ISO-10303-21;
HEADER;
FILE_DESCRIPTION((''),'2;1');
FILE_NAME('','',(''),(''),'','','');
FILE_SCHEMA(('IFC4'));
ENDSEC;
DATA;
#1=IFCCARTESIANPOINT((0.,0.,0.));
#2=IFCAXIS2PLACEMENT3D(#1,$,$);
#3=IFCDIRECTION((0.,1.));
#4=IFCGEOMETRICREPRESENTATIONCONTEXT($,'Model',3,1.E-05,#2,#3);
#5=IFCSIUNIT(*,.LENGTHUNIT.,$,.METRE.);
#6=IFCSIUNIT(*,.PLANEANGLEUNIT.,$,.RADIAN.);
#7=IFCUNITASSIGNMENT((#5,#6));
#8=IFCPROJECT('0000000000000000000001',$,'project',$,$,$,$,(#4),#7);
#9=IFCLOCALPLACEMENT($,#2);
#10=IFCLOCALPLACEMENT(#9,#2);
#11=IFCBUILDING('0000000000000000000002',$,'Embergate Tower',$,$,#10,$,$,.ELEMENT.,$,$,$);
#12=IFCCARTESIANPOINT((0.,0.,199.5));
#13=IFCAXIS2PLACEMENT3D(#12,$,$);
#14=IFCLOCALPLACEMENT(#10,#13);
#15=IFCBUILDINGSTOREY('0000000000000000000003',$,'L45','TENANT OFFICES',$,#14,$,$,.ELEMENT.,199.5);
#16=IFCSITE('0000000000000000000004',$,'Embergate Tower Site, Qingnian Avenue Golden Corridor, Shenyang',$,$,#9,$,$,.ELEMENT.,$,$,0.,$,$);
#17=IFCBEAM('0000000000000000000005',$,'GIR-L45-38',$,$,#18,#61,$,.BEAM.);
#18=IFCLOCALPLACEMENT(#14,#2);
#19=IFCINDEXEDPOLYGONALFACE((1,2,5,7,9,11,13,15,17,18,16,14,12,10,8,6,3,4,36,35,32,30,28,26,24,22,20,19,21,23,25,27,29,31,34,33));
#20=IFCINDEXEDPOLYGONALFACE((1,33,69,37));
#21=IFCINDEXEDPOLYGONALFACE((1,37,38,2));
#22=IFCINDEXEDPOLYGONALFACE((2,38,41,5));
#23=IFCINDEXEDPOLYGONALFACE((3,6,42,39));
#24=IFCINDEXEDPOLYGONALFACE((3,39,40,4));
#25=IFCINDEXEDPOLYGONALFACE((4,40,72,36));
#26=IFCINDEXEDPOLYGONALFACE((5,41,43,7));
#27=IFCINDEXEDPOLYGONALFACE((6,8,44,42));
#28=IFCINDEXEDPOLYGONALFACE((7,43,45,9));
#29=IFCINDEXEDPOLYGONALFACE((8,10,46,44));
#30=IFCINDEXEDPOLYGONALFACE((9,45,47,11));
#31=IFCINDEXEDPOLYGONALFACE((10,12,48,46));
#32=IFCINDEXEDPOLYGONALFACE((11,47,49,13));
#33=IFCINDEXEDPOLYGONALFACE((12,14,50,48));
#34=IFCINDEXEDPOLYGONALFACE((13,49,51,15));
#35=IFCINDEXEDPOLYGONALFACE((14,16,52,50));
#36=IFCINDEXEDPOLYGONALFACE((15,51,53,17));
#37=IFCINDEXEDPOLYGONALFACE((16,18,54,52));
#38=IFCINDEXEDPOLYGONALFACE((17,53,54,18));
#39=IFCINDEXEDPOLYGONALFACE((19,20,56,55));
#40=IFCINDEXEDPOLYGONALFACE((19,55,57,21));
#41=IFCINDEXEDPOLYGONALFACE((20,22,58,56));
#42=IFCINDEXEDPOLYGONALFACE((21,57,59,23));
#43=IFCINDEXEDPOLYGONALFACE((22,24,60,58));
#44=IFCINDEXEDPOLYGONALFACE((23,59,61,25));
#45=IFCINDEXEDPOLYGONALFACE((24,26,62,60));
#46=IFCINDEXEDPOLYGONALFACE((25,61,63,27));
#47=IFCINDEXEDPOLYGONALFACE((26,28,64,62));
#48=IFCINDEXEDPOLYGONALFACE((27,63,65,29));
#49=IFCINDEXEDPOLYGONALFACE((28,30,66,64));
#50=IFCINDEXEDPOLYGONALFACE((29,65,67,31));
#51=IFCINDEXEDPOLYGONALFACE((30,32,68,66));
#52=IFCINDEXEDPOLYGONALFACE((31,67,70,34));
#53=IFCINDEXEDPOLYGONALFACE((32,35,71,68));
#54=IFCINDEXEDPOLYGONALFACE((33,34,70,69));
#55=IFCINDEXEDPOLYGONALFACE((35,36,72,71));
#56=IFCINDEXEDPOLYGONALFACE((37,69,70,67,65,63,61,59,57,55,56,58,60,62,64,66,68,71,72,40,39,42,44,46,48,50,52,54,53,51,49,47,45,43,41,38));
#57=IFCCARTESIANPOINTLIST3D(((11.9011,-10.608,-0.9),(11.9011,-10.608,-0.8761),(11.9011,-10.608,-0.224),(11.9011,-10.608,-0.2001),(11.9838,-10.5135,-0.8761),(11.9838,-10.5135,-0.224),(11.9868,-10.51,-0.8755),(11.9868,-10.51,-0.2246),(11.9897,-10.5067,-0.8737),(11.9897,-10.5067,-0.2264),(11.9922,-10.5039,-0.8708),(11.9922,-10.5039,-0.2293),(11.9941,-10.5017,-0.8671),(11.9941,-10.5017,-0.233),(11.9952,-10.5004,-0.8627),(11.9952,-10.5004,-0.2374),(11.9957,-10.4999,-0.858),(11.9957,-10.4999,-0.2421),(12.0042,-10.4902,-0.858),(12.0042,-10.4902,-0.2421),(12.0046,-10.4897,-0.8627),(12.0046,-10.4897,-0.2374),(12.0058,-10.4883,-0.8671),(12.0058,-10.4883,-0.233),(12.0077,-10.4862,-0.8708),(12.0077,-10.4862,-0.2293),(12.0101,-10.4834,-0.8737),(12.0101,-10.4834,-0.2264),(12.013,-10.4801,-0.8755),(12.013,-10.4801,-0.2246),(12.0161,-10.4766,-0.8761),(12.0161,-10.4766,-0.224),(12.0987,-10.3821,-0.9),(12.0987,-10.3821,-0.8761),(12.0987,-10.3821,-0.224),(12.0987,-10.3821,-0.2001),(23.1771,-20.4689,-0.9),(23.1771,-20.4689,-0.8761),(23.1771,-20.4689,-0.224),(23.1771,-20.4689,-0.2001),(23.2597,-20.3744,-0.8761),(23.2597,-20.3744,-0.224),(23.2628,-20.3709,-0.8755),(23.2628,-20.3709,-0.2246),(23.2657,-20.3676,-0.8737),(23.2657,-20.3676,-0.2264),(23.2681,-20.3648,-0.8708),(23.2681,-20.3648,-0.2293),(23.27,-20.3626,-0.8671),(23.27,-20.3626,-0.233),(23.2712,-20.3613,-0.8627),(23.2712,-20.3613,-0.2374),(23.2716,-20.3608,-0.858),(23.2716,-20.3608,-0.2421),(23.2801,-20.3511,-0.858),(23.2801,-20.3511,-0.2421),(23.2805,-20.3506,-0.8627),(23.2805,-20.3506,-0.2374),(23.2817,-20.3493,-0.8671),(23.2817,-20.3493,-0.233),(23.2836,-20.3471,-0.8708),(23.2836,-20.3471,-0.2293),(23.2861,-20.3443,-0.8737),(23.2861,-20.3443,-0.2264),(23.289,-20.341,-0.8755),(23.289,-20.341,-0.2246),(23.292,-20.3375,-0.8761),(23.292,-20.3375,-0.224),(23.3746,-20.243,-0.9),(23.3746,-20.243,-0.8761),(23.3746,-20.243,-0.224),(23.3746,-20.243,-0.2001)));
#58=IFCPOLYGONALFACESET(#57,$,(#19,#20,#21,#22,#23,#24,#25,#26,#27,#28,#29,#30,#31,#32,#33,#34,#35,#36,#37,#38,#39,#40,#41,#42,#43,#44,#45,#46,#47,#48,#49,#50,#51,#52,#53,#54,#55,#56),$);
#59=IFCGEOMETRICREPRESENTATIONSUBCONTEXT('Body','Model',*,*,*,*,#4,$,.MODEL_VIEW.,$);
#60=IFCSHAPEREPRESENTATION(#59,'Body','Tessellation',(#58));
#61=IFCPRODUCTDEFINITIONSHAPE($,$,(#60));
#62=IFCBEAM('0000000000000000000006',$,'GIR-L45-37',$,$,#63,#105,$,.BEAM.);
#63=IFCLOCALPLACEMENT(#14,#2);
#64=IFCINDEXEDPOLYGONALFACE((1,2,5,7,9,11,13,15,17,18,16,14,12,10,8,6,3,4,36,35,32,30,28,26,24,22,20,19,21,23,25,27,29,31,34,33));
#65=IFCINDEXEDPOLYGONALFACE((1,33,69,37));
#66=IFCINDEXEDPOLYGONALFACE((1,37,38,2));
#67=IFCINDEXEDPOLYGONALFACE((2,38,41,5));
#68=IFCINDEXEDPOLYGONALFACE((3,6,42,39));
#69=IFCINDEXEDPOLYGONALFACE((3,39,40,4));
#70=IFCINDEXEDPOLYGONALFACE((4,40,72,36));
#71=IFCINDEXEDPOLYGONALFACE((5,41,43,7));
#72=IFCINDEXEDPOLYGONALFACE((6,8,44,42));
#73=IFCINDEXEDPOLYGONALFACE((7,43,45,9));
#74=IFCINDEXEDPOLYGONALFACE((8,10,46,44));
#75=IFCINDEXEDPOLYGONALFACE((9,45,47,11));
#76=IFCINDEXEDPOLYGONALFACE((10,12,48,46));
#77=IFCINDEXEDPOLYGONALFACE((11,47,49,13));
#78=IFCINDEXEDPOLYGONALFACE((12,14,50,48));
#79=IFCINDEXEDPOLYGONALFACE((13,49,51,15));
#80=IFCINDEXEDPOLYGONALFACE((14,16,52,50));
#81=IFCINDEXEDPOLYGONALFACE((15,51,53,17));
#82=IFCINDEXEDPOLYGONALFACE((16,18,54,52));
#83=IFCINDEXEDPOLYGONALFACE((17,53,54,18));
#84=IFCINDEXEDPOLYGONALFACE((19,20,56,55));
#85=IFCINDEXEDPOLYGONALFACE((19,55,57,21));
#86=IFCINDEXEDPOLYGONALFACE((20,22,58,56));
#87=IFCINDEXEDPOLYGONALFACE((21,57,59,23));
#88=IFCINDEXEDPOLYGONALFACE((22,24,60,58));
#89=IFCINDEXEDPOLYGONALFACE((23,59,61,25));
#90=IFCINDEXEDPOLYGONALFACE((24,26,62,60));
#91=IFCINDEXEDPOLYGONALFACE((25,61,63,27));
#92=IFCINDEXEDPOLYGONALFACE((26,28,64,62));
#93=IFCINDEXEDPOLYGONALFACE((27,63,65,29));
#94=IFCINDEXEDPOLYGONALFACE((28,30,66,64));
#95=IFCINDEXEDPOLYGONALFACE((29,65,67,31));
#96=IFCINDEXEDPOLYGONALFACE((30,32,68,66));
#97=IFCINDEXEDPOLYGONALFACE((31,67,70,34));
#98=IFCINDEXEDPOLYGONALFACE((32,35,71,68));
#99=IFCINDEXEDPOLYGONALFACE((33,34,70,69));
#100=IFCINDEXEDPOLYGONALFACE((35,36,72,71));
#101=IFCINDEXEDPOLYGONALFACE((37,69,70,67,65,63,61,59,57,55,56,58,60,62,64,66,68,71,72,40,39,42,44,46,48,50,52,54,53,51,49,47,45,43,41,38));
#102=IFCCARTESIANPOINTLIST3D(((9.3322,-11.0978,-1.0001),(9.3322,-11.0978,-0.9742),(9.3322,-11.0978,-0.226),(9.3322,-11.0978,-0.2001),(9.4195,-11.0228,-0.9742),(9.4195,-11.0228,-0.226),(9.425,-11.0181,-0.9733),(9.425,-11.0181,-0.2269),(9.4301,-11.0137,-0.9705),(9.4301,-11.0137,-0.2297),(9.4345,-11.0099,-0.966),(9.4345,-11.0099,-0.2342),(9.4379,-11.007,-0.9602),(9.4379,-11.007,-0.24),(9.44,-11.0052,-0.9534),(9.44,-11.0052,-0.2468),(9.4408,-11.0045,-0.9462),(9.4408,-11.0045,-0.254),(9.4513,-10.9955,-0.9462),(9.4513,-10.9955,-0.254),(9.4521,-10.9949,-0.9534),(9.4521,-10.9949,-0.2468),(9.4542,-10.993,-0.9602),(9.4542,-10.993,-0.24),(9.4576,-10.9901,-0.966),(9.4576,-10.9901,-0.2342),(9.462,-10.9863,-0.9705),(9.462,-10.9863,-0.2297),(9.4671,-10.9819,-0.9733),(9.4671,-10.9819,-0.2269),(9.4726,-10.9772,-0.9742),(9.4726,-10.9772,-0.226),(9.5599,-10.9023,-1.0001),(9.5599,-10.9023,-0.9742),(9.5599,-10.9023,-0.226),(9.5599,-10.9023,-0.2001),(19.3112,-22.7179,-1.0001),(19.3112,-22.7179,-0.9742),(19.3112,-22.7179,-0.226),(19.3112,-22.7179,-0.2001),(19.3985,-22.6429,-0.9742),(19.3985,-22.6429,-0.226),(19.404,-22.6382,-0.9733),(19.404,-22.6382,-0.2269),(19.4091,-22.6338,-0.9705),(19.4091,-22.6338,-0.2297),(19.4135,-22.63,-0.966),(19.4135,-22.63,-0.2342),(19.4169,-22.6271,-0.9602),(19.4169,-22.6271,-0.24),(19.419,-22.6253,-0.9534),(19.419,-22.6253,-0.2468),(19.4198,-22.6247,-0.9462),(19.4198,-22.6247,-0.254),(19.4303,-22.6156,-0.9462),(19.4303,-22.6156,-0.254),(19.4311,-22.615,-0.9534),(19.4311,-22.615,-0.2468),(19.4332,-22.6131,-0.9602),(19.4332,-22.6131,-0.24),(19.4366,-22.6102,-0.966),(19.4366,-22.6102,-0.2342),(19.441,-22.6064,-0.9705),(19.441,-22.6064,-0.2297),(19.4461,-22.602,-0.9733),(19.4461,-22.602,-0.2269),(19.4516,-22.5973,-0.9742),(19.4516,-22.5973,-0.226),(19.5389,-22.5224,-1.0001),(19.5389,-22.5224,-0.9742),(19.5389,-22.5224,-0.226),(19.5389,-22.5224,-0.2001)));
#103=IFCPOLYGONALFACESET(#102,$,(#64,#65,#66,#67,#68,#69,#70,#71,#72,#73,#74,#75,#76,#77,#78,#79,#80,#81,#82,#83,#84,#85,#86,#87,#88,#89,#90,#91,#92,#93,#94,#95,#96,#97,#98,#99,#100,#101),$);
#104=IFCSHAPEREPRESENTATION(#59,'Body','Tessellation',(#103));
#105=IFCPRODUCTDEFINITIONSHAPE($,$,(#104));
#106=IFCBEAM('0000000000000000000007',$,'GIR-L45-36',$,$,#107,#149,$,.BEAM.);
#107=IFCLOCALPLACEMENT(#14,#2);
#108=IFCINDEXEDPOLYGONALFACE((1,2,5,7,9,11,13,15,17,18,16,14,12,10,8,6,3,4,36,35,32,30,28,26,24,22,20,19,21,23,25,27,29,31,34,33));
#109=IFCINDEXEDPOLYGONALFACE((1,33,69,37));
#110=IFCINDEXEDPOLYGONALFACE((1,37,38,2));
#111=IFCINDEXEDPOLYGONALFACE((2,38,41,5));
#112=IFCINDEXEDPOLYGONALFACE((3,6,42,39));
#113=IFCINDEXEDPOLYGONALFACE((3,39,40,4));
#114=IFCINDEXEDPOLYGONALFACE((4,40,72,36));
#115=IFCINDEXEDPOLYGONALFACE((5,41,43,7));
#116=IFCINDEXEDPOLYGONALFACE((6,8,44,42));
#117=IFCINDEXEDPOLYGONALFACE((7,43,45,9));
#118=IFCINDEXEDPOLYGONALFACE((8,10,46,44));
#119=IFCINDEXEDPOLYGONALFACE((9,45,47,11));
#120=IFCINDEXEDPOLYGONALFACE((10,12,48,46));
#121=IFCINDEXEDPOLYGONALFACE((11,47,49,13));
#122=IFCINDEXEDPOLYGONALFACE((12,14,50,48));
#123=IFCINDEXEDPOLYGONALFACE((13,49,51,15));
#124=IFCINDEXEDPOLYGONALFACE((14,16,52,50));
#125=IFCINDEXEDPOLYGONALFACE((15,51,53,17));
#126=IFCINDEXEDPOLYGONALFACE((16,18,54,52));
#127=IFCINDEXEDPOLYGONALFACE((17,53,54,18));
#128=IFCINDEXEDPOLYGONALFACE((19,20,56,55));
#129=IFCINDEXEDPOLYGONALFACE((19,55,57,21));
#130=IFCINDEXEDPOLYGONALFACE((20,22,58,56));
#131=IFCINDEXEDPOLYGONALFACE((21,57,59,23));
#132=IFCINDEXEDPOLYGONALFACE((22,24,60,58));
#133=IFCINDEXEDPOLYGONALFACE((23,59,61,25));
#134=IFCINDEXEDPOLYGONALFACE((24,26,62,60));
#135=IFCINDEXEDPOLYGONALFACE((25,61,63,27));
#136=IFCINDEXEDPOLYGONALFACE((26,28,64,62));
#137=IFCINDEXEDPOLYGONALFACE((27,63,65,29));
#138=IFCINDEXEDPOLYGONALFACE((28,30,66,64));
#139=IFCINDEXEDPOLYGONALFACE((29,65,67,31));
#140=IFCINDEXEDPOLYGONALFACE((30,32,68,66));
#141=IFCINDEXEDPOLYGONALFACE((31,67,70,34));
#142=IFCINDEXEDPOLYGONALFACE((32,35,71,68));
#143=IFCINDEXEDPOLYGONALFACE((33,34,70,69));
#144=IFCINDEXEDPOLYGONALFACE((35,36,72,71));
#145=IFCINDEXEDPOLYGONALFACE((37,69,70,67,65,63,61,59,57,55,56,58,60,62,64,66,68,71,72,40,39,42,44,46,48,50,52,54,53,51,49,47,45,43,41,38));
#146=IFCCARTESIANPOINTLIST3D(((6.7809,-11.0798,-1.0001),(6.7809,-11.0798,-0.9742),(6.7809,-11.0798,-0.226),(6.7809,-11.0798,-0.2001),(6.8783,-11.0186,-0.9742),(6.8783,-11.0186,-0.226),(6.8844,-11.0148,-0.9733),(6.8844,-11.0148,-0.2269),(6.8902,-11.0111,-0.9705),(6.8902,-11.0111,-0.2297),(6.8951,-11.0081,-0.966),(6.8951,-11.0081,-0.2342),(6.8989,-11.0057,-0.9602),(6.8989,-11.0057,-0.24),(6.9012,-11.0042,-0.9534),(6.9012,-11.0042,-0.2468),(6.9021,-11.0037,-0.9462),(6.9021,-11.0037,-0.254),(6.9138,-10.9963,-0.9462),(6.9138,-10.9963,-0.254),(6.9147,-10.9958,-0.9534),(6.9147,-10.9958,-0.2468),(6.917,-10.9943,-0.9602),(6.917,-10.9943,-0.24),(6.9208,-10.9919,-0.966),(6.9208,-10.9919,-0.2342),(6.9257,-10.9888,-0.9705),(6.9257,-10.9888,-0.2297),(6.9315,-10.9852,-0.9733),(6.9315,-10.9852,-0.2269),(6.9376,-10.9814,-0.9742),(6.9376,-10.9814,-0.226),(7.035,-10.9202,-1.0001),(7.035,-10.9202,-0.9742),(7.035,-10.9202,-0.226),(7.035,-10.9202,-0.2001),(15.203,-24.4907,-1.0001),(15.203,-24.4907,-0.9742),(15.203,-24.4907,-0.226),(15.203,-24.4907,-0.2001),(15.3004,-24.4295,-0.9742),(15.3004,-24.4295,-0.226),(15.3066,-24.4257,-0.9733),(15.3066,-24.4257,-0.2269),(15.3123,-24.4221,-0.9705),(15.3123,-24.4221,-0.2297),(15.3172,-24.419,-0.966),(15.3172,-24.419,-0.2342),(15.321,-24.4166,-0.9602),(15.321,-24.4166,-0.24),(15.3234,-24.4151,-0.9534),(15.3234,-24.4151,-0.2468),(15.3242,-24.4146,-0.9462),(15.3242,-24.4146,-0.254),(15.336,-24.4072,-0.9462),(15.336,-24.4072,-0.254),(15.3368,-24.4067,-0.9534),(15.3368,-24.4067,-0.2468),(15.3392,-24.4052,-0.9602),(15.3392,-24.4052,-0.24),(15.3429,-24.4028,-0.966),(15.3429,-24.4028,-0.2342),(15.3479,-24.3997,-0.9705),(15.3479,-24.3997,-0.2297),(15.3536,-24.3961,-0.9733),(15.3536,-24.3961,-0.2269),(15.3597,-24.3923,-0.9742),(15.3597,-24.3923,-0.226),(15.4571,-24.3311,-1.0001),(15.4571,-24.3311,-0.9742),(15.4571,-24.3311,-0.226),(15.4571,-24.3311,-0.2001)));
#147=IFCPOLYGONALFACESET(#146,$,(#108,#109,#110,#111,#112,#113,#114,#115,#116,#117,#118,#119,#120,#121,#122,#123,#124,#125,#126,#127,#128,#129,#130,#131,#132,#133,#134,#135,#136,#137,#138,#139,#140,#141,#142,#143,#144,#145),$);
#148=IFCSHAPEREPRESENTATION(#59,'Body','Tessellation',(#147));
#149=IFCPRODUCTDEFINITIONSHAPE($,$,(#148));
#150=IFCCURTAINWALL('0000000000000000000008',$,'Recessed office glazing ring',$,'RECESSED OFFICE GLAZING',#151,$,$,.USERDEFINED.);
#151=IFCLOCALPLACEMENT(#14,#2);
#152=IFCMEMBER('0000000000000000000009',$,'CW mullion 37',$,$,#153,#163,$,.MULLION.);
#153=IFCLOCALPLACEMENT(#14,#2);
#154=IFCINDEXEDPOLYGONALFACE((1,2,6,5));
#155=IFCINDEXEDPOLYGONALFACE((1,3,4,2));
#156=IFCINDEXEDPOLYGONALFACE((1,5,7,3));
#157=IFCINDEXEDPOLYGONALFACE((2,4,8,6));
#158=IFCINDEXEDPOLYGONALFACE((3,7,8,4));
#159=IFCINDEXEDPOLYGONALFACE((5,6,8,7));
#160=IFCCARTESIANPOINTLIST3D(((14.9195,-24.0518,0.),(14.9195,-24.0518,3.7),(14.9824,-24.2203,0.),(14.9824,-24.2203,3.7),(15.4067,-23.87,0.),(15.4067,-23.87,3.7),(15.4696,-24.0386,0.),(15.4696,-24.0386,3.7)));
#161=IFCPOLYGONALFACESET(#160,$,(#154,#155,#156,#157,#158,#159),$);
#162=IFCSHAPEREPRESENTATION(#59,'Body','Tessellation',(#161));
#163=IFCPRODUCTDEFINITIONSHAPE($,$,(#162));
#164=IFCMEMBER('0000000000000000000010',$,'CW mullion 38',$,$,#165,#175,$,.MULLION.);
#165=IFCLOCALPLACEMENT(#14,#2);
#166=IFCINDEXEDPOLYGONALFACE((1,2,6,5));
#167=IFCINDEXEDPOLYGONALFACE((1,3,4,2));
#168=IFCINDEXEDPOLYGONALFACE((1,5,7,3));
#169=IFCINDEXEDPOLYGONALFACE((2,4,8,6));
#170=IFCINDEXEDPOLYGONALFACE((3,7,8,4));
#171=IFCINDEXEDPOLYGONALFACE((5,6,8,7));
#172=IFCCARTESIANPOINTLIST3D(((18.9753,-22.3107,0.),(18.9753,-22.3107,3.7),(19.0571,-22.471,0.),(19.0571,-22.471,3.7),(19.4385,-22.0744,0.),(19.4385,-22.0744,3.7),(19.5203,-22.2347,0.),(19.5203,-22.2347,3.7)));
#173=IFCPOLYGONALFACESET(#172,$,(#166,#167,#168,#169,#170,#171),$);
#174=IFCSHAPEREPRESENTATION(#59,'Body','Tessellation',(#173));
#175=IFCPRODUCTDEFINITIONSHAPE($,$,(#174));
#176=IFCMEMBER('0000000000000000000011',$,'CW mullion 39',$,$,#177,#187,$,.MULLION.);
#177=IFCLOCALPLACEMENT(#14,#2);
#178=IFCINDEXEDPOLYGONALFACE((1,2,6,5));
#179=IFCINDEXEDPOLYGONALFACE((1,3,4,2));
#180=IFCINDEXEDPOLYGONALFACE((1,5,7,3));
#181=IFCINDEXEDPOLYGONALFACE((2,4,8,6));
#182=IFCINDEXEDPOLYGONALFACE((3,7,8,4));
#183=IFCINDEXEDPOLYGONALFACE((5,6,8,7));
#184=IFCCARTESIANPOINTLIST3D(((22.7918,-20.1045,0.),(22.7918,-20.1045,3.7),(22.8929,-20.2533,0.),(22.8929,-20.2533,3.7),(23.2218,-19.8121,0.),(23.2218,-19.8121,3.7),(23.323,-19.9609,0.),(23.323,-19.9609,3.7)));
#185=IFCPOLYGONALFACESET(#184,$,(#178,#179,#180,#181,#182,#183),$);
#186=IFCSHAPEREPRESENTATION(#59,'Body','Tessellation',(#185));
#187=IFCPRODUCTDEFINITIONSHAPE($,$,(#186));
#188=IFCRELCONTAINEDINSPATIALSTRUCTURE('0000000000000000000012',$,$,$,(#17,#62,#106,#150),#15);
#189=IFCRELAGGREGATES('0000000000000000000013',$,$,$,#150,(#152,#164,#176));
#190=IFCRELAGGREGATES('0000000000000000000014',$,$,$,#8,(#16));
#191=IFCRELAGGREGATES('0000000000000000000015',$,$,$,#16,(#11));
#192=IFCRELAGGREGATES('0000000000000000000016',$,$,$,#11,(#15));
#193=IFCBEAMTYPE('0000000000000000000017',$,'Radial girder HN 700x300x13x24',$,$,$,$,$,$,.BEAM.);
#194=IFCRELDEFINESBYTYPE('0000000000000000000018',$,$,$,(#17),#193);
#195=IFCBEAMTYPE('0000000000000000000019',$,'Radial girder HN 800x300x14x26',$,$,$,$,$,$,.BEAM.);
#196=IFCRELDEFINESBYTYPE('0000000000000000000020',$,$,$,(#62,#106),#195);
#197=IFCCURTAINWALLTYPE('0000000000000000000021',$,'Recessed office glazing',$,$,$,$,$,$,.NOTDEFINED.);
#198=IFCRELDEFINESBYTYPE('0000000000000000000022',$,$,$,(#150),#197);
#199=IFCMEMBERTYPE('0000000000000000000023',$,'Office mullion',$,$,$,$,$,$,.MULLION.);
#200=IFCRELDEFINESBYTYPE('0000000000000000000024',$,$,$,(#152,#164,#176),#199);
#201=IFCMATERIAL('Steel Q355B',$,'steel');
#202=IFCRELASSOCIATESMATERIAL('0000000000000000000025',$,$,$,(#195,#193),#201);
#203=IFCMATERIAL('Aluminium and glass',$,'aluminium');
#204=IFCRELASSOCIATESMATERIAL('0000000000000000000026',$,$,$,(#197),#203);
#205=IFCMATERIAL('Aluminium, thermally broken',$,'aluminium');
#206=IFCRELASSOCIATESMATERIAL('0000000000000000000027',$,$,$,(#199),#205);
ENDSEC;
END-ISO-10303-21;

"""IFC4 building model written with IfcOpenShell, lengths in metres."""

from ifc_helpers import new_model, si_unit, direction, frame, origin, origin_2d, place, context, subcontext, project, spatial, rectangle, i_section, extrude, source, transform, mapped, material, material_profile, profile_set, type_object, element, aggregate, save


model = new_model("IFC4")

# Units and contexts
model_context = context("Model", 3, precision=1e-05, world=origin(), true_north=direction((0.0, 1.0)))
body_context = subcontext(model_context, "Body", "Model", "MODEL_VIEW")
ifc_project = project(units=[si_unit("LENGTHUNIT", "METRE"), si_unit("PLANEANGLEUNIT", "RADIAN")], contexts=[model_context])

# Site, building, storey
site_placement = place(None, origin())
site = spatial("IfcSite", under=ifc_project, at=site_placement, Name="Embergate Tower Site, Qingnian Avenue Golden Corridor, Shenyang", CompositionType="ELEMENT", RefElevation=0.0)
building_placement = place(site_placement, origin())
building = spatial("IfcBuilding", under=site, at=building_placement, Name="Embergate Tower", CompositionType="ELEMENT")
storey_placement = place(building_placement, frame((0.0, 0.0, 199.5)))
storey = spatial("IfcBuildingStorey", under=building, at=storey_placement, Name="L45", Description="TENANT OFFICES", CompositionType="ELEMENT", Elevation=199.5)

# Beams
ifc_material_1 = material(Name="Steel Q355B", Category="steel")
ifc_material_profile_1 = material_profile(ifc_material_1, i_section(OverallWidth=0.3, OverallDepth=0.8, WebThickness=0.0139, FlangeThickness=0.0259, FilletRadius=0.0281, at=origin_2d()), Name="HN 800x300x14x26")
ifc_profile_set_1 = profile_set([ifc_material_profile_1], Name="Steel Q355 grade B")
beam_type_1 = type_object("IfcBeamType", Name="Radial girder HN 800x300x14x26", PredefinedType="BEAM", material=ifc_profile_set_1)
ifc_material_profile_2 = material_profile(ifc_material_1, i_section(OverallWidth=0.3, OverallDepth=0.7, WebThickness=0.0129, FlangeThickness=0.0239, FilletRadius=0.0181, at=origin_2d()), Name="HN 700x300x13x24")
ifc_profile_set_2 = profile_set([ifc_material_profile_2], Name="Steel Q355 grade B")
beam_type_2 = type_object("IfcBeamType", Name="Radial girder HN 700x300x13x24", PredefinedType="BEAM", material=ifc_profile_set_2)
shared_shape_1 = source(origin(), body_context, "Body", "SweptSolid", [
    extrude(i_section(OverallWidth=0.3, OverallDepth=0.7, WebThickness=0.0129, FlangeThickness=0.0239, FilletRadius=0.0181, at=origin_2d()), origin(), (0.0, 0.0, 1.0), 14.9795),
])
beam_1_placement = place(storey_placement, frame((23.2759, -20.356, -0.55), z_axis=(-0.75276, 0.658295, 0.0), x_axis=(-0.658295, -0.75276, 0.0)))
element("IfcBeam", 1, at=beam_1_placement, inside=storey, type_object=beam_type_2, Name="GIR-L45-38", PredefinedType="BEAM", context=body_context, shape_type="MappedRepresentation", body=[
    mapped(shared_shape_1, transform((0.0, 0.0, 0.0))),
])
shared_shape_2 = source(origin(), body_context, "Body", "SweptSolid", [
    extrude(i_section(OverallWidth=0.3, OverallDepth=0.8, WebThickness=0.0139, FlangeThickness=0.0259, FilletRadius=0.0281, at=origin_2d()), origin(), (0.0, 0.0, 1.0), 15.3169),
])
beam_2_placement = place(storey_placement, frame((19.425, -22.6201, -0.6001), z_axis=(-0.651503, 0.758646, 0.0), x_axis=(-0.758646, -0.651503, 0.0)))
element("IfcBeam", 2, at=beam_2_placement, inside=storey, type_object=beam_type_1, Name="GIR-L45-37", PredefinedType="BEAM", context=body_context, shape_type="MappedRepresentation", body=[
    mapped(shared_shape_2, transform((0.0, 0.0, 0.0))),
])
shared_shape_3 = source(origin(), body_context, "Body", "SweptSolid", [
    extrude(i_section(OverallWidth=0.3, OverallDepth=0.8, WebThickness=0.0139, FlangeThickness=0.0259, FilletRadius=0.0281, at=origin_2d()), origin(), (0.0, 0.0, 1.0), 15.8362),
])
beam_3_placement = place(storey_placement, frame((15.3301, -24.4109, -0.6001), z_axis=(-0.531828, 0.846852, 0.0), x_axis=(-0.846852, -0.531828, 0.0)))
element("IfcBeam", 3, at=beam_3_placement, inside=storey, type_object=beam_type_1, Name="GIR-L45-36", PredefinedType="BEAM", context=body_context, shape_type="MappedRepresentation", body=[
    mapped(shared_shape_3, transform((0.0, 0.0, 0.0))),
])

# Curtain wall, members
ifc_material_2 = material(Name="Aluminium and glass", Category="aluminium")
curtain_wall_type = type_object("IfcCurtainWallType", Name="Recessed office glazing", PredefinedType="NOTDEFINED", material=ifc_material_2)
curtain_wall_placement = place(storey_placement, origin())
curtain_wall = element("IfcCurtainWall", 4, at=curtain_wall_placement, inside=storey, type_object=curtain_wall_type, Name="Recessed office glazing ring", ObjectType="RECESSED OFFICE GLAZING", PredefinedType="USERDEFINED")
ifc_material_3 = material(Name="Aluminium, thermally broken", Category="aluminium")
ifc_material_profile_3 = material_profile(ifc_material_3, rectangle(XDim=0.1799, YDim=0.52, at=origin_2d()), Name="AL 520x180")
ifc_profile_set_3 = profile_set([ifc_material_profile_3], Name="Aluminium, thermally broken")
member_type_1 = type_object("IfcMemberType", Name="Office mullion", PredefinedType="MULLION", material=ifc_profile_set_3)
shared_shape_4 = source(origin(), body_context, "Body", "SweptSolid", [
    extrude(rectangle(XDim=0.1799, YDim=0.52, at=origin_2d()), origin(), (0.0, 0.0, 1.0), 3.7),
])
member_1_placement = place(storey_placement, frame((15.1946, -24.0452, 0.0), z_axis=(0.0, 0.0, 1.0), x_axis=(-0.349511, 0.936932, 0.0)))
member_1 = element("IfcMember", 5, at=member_1_placement, type_object=member_type_1, Name="CW mullion 37", PredefinedType="MULLION", context=body_context, shape_type="MappedRepresentation", body=[
    mapped(shared_shape_4, transform((0.0, 0.0, 0.0))),
])
member_2_placement = place(storey_placement, frame((19.2478, -22.2727, 0.0), z_axis=(0.0, 0.0, 1.0), x_axis=(-0.454521, 0.890736, 0.0)))
member_2 = element("IfcMember", 6, at=member_2_placement, type_object=member_type_1, Name="CW mullion 38", PredefinedType="MULLION", context=body_context, shape_type="MappedRepresentation", body=[
    mapped(shared_shape_4, transform((0.0, 0.0, 0.0))),
])
member_3_placement = place(storey_placement, frame((23.0574, -20.0327, 0.0), z_axis=(0.0, 0.0, 1.0), x_axis=(-0.562226, 0.826983, 0.0)))
member_3 = element("IfcMember", 7, at=member_3_placement, type_object=member_type_1, Name="CW mullion 39", PredefinedType="MULLION", context=body_context, shape_type="MappedRepresentation", body=[
    mapped(shared_shape_4, transform((0.0, 0.0, 0.0))),
])
aggregate(curtain_wall, [member_1, member_2, member_3])

save(model, "model.ifc")
